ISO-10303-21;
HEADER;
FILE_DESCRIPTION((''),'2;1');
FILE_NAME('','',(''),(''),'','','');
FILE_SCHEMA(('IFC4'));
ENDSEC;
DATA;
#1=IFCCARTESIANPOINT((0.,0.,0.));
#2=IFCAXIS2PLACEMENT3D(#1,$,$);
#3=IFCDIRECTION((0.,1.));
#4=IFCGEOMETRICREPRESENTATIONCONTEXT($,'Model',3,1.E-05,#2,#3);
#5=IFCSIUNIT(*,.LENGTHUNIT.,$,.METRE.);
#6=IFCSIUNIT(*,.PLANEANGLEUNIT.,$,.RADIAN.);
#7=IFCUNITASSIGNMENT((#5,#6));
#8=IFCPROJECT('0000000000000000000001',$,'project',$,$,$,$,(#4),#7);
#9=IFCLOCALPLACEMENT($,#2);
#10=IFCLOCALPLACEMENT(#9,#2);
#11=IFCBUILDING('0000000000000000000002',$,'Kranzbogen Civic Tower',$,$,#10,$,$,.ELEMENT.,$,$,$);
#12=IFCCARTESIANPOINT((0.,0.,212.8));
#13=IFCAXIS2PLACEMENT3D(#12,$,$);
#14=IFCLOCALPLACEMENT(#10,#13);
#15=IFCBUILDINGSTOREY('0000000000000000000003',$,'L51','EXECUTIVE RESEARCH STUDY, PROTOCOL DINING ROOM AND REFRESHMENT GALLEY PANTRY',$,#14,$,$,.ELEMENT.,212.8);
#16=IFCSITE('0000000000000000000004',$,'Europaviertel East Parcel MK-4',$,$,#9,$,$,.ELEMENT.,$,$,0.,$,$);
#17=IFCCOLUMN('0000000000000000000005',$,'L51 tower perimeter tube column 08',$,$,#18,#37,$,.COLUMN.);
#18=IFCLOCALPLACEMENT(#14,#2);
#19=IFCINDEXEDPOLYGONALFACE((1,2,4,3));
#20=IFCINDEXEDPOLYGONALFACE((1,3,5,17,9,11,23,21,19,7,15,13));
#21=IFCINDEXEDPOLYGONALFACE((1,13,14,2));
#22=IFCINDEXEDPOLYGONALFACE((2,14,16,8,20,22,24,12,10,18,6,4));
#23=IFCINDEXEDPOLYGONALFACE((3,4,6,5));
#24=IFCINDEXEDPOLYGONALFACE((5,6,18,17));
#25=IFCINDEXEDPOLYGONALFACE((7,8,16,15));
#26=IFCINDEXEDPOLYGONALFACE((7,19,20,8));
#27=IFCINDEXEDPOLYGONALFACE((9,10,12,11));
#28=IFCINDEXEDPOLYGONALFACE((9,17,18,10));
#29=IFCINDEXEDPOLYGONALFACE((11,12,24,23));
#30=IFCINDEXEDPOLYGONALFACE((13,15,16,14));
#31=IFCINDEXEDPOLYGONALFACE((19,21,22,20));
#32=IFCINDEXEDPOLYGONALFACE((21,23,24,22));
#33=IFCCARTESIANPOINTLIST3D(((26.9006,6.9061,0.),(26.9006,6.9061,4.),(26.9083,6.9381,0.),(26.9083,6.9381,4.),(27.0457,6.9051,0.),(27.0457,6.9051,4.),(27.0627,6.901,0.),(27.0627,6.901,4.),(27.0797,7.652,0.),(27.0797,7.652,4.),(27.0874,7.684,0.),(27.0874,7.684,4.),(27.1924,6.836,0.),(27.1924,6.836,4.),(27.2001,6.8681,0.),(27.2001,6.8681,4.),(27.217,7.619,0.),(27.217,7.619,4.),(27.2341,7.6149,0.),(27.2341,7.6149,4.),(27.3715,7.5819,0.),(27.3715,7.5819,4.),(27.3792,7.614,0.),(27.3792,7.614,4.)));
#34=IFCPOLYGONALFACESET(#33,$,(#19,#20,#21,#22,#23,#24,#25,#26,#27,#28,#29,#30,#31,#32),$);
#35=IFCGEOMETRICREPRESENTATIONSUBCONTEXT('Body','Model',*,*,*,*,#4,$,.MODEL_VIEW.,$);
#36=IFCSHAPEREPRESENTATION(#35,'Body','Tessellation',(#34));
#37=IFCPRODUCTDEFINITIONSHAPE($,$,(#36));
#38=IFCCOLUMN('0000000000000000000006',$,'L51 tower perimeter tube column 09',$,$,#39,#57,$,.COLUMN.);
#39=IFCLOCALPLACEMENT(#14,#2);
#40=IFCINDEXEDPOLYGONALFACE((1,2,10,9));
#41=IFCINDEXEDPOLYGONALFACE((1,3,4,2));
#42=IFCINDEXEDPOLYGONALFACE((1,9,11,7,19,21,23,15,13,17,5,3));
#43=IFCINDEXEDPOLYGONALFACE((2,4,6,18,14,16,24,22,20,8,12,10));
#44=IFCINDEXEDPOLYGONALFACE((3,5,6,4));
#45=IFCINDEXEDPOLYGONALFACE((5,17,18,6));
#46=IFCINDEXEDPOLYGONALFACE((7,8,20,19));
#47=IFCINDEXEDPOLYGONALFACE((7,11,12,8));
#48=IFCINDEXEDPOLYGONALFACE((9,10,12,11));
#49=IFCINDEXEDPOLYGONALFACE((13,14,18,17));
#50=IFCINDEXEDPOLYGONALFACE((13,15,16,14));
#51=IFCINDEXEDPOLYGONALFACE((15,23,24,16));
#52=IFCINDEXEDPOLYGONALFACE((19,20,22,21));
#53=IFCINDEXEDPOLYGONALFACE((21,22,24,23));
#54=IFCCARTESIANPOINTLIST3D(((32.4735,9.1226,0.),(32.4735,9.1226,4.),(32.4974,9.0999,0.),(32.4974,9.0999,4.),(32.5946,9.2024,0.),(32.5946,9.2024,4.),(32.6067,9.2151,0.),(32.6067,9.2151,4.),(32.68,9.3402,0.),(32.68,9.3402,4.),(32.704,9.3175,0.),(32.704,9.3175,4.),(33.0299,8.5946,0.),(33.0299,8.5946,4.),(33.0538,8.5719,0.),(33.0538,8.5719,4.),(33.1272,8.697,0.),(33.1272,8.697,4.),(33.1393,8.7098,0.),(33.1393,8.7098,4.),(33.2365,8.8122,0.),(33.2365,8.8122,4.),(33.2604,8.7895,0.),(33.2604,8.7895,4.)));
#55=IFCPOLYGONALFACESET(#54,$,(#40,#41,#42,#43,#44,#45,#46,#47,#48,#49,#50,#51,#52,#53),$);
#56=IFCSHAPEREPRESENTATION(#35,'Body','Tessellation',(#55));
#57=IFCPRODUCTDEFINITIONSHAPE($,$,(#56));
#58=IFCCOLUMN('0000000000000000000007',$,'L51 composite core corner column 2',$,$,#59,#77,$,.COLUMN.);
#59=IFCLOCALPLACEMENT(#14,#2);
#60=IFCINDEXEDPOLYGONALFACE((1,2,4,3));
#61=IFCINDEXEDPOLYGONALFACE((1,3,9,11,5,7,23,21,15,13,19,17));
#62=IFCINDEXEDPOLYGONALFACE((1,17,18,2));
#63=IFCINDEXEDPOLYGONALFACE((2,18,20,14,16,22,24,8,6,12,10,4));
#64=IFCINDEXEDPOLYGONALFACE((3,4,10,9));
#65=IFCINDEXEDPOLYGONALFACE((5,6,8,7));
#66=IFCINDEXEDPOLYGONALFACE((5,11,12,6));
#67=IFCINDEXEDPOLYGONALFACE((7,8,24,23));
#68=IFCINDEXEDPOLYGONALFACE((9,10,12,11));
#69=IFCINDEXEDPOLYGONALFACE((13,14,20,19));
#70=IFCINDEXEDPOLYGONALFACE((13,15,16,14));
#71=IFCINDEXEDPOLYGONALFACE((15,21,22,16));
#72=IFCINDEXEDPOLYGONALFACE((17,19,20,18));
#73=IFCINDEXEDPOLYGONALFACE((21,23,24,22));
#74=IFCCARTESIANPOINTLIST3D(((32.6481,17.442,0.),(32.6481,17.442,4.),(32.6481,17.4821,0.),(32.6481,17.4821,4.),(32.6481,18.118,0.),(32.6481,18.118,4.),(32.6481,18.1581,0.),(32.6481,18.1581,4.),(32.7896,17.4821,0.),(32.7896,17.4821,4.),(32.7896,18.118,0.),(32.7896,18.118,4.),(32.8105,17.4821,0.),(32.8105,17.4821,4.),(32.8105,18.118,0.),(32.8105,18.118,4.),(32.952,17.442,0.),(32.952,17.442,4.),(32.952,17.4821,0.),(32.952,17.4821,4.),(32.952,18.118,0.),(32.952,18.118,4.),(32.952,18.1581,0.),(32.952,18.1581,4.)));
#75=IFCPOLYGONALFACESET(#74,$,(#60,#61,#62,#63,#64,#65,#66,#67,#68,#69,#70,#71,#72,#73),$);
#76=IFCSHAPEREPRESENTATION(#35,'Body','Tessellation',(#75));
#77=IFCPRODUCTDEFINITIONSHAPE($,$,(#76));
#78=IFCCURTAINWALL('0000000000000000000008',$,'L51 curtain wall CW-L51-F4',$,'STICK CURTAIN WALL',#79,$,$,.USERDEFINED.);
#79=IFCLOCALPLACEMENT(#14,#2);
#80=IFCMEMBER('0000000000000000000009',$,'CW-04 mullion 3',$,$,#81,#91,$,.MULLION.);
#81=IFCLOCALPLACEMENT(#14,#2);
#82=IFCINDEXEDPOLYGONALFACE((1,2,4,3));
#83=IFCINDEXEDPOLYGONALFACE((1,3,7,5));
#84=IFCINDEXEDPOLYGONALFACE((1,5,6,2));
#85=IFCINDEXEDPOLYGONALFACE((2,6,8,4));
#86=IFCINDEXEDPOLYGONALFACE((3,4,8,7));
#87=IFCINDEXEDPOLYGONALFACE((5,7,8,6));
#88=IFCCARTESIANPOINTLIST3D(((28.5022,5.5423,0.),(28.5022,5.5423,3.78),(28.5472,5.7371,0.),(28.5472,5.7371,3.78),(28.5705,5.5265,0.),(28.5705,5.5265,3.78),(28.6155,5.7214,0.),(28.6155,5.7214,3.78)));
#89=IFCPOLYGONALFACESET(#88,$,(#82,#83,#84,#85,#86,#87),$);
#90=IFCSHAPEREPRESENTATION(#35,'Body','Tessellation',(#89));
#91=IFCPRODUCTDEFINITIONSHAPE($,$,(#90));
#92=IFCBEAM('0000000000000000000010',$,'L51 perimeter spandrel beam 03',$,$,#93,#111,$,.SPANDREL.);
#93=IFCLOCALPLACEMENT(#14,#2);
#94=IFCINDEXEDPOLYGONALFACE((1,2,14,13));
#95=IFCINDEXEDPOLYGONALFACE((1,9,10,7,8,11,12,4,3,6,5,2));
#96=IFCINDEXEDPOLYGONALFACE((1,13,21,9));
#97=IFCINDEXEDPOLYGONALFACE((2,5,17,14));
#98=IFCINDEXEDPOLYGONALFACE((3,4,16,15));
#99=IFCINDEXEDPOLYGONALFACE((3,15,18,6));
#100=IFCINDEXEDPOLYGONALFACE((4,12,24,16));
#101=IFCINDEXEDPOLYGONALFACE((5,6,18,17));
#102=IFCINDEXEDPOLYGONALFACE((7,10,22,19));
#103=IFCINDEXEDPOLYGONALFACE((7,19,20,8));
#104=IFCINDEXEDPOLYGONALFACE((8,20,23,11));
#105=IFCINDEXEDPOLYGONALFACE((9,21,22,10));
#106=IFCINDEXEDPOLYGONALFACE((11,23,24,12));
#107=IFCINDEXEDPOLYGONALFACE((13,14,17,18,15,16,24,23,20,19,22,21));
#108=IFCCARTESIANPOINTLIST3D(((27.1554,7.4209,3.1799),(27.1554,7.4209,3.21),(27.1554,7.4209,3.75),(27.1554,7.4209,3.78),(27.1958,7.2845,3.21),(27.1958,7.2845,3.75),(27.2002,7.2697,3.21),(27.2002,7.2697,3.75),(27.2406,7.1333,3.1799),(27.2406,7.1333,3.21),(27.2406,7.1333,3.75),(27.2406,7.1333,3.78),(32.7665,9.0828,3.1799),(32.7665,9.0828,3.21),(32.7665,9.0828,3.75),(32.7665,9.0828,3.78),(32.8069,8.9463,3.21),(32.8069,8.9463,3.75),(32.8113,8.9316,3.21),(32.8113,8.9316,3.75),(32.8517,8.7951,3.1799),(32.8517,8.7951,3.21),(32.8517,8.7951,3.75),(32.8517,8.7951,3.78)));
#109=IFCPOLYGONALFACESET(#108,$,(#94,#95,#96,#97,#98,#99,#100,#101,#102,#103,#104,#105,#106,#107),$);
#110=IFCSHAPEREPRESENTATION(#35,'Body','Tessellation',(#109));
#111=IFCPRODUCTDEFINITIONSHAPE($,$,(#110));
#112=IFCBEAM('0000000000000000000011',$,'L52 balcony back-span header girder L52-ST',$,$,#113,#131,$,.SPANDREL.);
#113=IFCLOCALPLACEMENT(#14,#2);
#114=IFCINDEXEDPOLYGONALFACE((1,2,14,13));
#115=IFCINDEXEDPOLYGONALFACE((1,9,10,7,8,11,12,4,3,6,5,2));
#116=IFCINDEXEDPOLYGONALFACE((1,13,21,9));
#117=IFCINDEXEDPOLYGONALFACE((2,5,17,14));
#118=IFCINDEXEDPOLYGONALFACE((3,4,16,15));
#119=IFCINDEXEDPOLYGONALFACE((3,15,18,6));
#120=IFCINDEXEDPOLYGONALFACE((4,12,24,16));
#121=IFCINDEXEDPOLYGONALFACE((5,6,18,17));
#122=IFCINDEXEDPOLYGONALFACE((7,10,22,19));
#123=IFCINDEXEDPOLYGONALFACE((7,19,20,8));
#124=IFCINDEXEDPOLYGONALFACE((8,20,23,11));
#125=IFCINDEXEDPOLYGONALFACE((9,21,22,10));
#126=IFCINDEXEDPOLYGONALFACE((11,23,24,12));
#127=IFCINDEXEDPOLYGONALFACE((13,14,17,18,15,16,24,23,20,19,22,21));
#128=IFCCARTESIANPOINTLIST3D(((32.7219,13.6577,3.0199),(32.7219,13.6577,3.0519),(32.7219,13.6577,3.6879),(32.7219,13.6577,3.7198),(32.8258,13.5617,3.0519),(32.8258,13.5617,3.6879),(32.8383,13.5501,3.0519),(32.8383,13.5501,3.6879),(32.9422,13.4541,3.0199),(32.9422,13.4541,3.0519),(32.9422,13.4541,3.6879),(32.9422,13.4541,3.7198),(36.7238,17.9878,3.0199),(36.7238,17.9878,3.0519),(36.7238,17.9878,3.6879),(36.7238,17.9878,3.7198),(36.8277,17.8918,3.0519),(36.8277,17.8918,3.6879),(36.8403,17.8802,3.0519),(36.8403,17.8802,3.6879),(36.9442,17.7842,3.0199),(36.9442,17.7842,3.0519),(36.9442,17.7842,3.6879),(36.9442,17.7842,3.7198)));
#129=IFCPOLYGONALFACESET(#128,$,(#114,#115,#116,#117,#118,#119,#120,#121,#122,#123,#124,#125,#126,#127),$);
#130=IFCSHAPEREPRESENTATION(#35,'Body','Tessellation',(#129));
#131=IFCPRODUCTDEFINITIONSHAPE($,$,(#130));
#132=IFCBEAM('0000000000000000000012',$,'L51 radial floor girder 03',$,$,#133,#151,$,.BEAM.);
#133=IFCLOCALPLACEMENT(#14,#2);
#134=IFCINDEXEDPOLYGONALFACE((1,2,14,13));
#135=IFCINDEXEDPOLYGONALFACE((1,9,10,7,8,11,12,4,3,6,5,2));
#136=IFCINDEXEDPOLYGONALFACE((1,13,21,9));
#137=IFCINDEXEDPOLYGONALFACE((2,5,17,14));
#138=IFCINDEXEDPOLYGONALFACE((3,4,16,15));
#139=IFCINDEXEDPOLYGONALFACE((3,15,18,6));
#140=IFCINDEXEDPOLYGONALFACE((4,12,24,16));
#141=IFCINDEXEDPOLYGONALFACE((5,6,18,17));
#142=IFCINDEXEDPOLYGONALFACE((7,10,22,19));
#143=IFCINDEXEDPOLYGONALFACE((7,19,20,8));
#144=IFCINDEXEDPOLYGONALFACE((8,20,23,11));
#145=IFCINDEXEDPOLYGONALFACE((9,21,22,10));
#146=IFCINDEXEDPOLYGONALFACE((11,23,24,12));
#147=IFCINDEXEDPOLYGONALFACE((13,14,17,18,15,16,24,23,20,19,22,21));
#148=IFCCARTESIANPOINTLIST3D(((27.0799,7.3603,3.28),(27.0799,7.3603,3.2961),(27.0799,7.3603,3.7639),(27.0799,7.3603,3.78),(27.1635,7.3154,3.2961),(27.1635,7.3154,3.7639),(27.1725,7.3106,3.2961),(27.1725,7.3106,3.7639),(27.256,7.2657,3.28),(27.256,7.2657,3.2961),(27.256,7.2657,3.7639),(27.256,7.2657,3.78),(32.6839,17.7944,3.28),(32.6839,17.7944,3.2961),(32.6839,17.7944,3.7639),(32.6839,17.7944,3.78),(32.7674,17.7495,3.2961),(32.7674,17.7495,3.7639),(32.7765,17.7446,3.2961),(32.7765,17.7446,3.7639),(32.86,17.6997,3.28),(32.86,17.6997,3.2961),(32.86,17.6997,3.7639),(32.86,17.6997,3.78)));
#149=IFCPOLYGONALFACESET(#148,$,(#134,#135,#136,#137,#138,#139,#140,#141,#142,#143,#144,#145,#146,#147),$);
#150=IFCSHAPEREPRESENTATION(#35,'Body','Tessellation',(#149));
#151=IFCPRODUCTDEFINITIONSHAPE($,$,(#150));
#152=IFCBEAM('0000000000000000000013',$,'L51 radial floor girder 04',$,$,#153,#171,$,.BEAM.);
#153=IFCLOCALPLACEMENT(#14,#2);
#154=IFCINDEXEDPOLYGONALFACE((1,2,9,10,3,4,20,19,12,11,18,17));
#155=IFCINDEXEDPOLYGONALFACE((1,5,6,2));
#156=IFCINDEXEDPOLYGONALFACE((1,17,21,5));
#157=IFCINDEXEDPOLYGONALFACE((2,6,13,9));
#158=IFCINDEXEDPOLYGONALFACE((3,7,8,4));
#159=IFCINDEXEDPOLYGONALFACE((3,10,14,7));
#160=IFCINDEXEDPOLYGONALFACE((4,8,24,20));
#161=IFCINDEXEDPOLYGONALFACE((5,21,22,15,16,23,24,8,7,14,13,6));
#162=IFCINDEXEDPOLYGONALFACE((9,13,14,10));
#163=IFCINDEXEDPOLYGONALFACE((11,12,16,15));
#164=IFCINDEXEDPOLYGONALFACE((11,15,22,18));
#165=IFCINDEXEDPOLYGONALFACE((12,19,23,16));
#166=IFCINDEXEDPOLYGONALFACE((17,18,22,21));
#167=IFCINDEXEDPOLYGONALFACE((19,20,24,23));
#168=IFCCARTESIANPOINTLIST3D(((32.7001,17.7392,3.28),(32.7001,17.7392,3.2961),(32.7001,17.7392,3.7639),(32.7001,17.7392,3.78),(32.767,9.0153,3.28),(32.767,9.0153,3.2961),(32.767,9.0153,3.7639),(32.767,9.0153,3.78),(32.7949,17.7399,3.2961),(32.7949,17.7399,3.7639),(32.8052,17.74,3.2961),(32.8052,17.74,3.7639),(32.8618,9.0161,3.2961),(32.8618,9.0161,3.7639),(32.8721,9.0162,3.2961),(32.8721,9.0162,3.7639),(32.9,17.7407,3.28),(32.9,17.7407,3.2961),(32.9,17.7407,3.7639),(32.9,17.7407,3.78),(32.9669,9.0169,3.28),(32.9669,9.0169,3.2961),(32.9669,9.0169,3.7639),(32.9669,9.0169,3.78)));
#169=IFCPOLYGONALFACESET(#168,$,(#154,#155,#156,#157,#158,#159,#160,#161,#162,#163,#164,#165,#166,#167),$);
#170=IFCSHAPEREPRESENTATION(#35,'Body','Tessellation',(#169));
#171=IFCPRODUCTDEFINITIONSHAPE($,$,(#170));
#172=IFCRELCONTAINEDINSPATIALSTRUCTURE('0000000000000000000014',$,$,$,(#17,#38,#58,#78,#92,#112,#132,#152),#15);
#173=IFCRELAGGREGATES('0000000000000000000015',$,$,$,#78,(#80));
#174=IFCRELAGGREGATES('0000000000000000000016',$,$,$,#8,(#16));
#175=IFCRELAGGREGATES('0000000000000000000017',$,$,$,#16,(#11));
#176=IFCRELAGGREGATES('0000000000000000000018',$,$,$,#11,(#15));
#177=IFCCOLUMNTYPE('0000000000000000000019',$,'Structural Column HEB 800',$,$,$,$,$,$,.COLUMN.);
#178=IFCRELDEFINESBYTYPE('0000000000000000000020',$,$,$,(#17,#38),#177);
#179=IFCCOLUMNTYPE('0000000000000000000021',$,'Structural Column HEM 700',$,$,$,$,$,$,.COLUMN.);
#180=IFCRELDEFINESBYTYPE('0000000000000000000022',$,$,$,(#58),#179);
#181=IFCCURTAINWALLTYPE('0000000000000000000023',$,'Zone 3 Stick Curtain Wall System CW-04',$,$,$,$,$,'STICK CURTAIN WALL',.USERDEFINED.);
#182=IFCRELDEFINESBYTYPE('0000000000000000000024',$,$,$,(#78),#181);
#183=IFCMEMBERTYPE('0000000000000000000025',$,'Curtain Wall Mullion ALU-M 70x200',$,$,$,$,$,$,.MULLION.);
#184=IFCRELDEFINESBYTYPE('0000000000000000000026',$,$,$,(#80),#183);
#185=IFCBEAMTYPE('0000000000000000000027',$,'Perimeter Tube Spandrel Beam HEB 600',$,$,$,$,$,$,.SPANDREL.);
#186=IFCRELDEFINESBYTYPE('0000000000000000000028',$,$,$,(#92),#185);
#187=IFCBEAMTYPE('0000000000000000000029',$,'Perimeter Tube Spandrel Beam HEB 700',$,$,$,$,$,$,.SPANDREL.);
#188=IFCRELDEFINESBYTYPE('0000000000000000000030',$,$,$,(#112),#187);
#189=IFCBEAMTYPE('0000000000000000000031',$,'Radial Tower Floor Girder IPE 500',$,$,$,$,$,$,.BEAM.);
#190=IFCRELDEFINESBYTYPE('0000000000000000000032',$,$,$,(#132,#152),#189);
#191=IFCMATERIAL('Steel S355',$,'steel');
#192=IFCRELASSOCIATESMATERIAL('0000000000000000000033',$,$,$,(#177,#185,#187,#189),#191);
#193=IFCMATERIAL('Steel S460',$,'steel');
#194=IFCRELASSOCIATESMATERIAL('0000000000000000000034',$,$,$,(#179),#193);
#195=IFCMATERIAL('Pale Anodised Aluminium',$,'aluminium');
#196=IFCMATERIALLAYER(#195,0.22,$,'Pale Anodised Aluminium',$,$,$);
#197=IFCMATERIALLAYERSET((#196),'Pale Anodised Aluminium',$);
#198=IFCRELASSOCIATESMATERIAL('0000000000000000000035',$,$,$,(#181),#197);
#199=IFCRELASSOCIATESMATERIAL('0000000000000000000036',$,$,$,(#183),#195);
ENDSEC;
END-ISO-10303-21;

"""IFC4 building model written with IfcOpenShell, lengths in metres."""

from ifc_helpers import new_model, si_unit, direction, frame, origin, origin_2d, place, context, subcontext, project, spatial, rectangle, i_section, extrude, material, layer, layer_set, material_profile, profile_set, type_object, element, aggregate, save


model = new_model("IFC4")

# Units and contexts
model_context = context("Model", 3, precision=1e-05, world=origin(), true_north=direction((0.0, 1.0)))
body_context = subcontext(model_context, "Body", "Model", "MODEL_VIEW")
ifc_project = project(units=[si_unit("LENGTHUNIT", "METRE"), si_unit("PLANEANGLEUNIT", "RADIAN")], contexts=[model_context])

# Site, building, storey
site_placement = place(None, origin())
site = spatial("IfcSite", under=ifc_project, at=site_placement, Name="Europaviertel East Parcel MK-4", CompositionType="ELEMENT", RefElevation=0.0)
building_placement = place(site_placement, origin())
building = spatial("IfcBuilding", under=site, at=building_placement, Name="Kranzbogen Civic Tower", CompositionType="ELEMENT")
storey_placement = place(building_placement, frame((0.0, 0.0, 212.8)))
storey = spatial("IfcBuildingStorey", under=building, at=storey_placement, Name="L51", Description="EXECUTIVE RESEARCH STUDY, PROTOCOL DINING ROOM AND REFRESHMENT GALLEY PANTRY", CompositionType="ELEMENT", Elevation=212.8)

# Columns
ifc_material_1 = material(Name="Steel S355", Category="steel")
ifc_material_profile_1 = material_profile(ifc_material_1, i_section(OverallWidth=0.3, OverallDepth=0.8, WebThickness=0.0176, FlangeThickness=0.033, at=origin_2d()), Name="HEB 800")
ifc_profile_set_1 = profile_set([ifc_material_profile_1], Name="Steel S355")
column_type_1 = type_object("IfcColumnType", Name="Structural Column HEB 800", PredefinedType="COLUMN", material=ifc_profile_set_1)
for number, where, z_axis, x_axis, name in (
    (1, (27.1399, 7.26, 0.0), (0.0, 0.0, 1.0), (-0.97237, 0.233445, 0.0), "L51 tower perimeter tube column 08"),
    (2, (32.8669, 8.9561, 0.0), (0.0, 0.0, 1.0), (0.688355, 0.725374, 0.0), "L51 tower perimeter tube column 09"),
):
    element("IfcColumn", number, at=place(storey_placement, frame(where, z_axis=z_axis, x_axis=x_axis)), inside=storey, type_object=column_type_1, Name=name, PredefinedType="COLUMN", context=body_context, shape_type="SweptSolid", body=[
        extrude(i_section(OverallWidth=0.3, OverallDepth=0.8, WebThickness=0.0176, FlangeThickness=0.033, at=origin_2d()), origin(), (0.0, 0.0, 1.0), 4.0),
    ])
ifc_material_2 = material(Name="Steel S460", Category="steel")
ifc_material_profile_2 = material_profile(ifc_material_2, i_section(OverallWidth=0.304, OverallDepth=0.7161, WebThickness=0.021, FlangeThickness=0.04, at=origin_2d()), Name="HEM 700")
ifc_profile_set_2 = profile_set([ifc_material_profile_2], Name="Steel S460")
column_type_2 = type_object("IfcColumnType", Name="Structural Column HEM 700", PredefinedType="COLUMN", material=ifc_profile_set_2)
column_placement = place(storey_placement, frame((32.8, 17.8, 0.0), z_axis=(0.0, 0.0, 1.0), x_axis=(1.0, 0.0, 0.0)))
element("IfcColumn", 3, at=column_placement, inside=storey, type_object=column_type_2, Name="L51 composite core corner column 2", PredefinedType="COLUMN", context=body_context, shape_type="SweptSolid", body=[
    extrude(i_section(OverallWidth=0.304, OverallDepth=0.7161, WebThickness=0.021, FlangeThickness=0.04, at=origin_2d()), origin(), (0.0, 0.0, 1.0), 4.0),
])

# Curtain wall, member
ifc_material_3 = material(Name="Pale Anodised Aluminium", Category="aluminium")
ifc_layer_1 = layer(ifc_material_3, 0.22, Name="Pale Anodised Aluminium")
ifc_layer_set_1 = layer_set([ifc_layer_1], Name="Pale Anodised Aluminium")
curtain_wall_type = type_object("IfcCurtainWallType", Name="Zone 3 Stick Curtain Wall System CW-04", ElementType="STICK CURTAIN WALL", PredefinedType="USERDEFINED", material=ifc_layer_set_1)
curtain_wall_placement = place(storey_placement, origin())
curtain_wall = element("IfcCurtainWall", 4, at=curtain_wall_placement, inside=storey, type_object=curtain_wall_type, Name="L51 curtain wall CW-L51-F4", ObjectType="STICK CURTAIN WALL", PredefinedType="USERDEFINED")
ifc_material_profile_3 = material_profile(ifc_material_3, rectangle(XDim=0.0701, YDim=0.2, at=origin_2d()), Name="ALU-M 70x200")
ifc_profile_set_3 = profile_set([ifc_material_profile_3], Name="Pale Anodised Aluminium")
member_type = type_object("IfcMemberType", Name="Curtain Wall Mullion ALU-M 70x200", PredefinedType="MULLION", material=ifc_profile_set_3)
member_placement = place(storey_placement, frame((28.5588, 5.6318, 0.0), z_axis=(0.0, 0.0, 1.0), x_axis=(0.974365, -0.224971, 0.0)))
member = element("IfcMember", 5, at=member_placement, type_object=member_type, Name="CW-04 mullion 3", PredefinedType="MULLION", context=body_context, shape_type="SweptSolid", body=[
    extrude(rectangle(XDim=0.0701, YDim=0.2, at=origin_2d()), origin(), (0.0, 0.0, 1.0), 3.78),
])

# Beams
ifc_material_profile_4 = material_profile(ifc_material_1, i_section(OverallWidth=0.3, OverallDepth=0.6001, WebThickness=0.0154, FlangeThickness=0.03, at=origin_2d()), Name="HEB 600")
ifc_profile_set_4 = profile_set([ifc_material_profile_4], Name="Steel S355")
beam_type_1 = type_object("IfcBeamType", Name="Perimeter Tube Spandrel Beam HEB 600", PredefinedType="SPANDREL", material=ifc_profile_set_4)
beam_1_placement = place(storey_placement, frame((27.198, 7.2771, 3.48), z_axis=(0.95883, 0.283982, 0.0), x_axis=(-0.283982, 0.95883, 0.0)))
element("IfcBeam", 6, at=beam_1_placement, inside=storey, type_object=beam_type_1, Name="L51 perimeter spandrel beam 03", PredefinedType="SPANDREL", context=body_context, shape_type="SweptSolid", body=[
    extrude(i_section(OverallWidth=0.3, OverallDepth=0.6001, WebThickness=0.0154, FlangeThickness=0.03, at=origin_2d()), origin(), (0.0, 0.0, 1.0), 5.8521),
])
ifc_material_profile_5 = material_profile(ifc_material_1, i_section(OverallWidth=0.3, OverallDepth=0.7, WebThickness=0.0171, FlangeThickness=0.032, at=origin_2d()), Name="HEB 700")
ifc_profile_set_5 = profile_set([ifc_material_profile_5], Name="Steel S355")
beam_type_2 = type_object("IfcBeamType", Name="Perimeter Tube Spandrel Beam HEB 700", PredefinedType="SPANDREL", material=ifc_profile_set_5)
beam_2_placement = place(storey_placement, frame((32.832, 13.5559, 3.3699), z_axis=(0.678734, 0.734384, 0.0), x_axis=(-0.734384, 0.678734, 0.0)))
element("IfcBeam", 7, at=beam_2_placement, inside=storey, type_object=beam_type_2, Name="L52 balcony back-span header girder L52-ST", PredefinedType="SPANDREL", context=body_context, shape_type="SweptSolid", body=[
    extrude(i_section(OverallWidth=0.3, OverallDepth=0.7, WebThickness=0.0171, FlangeThickness=0.032, at=origin_2d()), origin(), (0.0, 0.0, 1.0), 5.8962),
])
ifc_material_profile_6 = material_profile(ifc_material_1, i_section(OverallWidth=0.2, OverallDepth=0.5, WebThickness=0.0103, FlangeThickness=0.0161, at=origin_2d()), Name="IPE 500")
ifc_profile_set_6 = profile_set([ifc_material_profile_6], Name="Steel S355")
beam_type_3 = type_object("IfcBeamType", Name="Radial Tower Floor Girder IPE 500", PredefinedType="BEAM", material=ifc_profile_set_6)
beam_3_placement = place(storey_placement, frame((27.168, 7.313, 3.53), z_axis=(0.47316, 0.880976, 0.0), x_axis=(-0.880976, 0.47316, 0.0)))
element("IfcBeam", 8, at=beam_3_placement, inside=storey, type_object=beam_type_3, Name="L51 radial floor girder 03", PredefinedType="BEAM", context=body_context, shape_type="SweptSolid", body=[
    extrude(i_section(OverallWidth=0.2, OverallDepth=0.5, WebThickness=0.0103, FlangeThickness=0.0161, at=origin_2d()), origin(), (0.0, 0.0, 1.0), 11.8438),
])
beam_4_placement = place(storey_placement, frame((32.8669, 9.0161, 3.53), z_axis=(-0.007668, 0.999971, 0.0), x_axis=(-0.999971, -0.007668, 0.0)))
element("IfcBeam", 9, at=beam_4_placement, inside=storey, type_object=beam_type_3, Name="L51 radial floor girder 04", PredefinedType="BEAM", context=body_context, shape_type="SweptSolid", body=[
    extrude(i_section(OverallWidth=0.2, OverallDepth=0.5, WebThickness=0.0103, FlangeThickness=0.0161, at=origin_2d()), origin(), (0.0, 0.0, 1.0), 8.7241),
])

aggregate(curtain_wall, [member])

save(model, "model.ifc")
